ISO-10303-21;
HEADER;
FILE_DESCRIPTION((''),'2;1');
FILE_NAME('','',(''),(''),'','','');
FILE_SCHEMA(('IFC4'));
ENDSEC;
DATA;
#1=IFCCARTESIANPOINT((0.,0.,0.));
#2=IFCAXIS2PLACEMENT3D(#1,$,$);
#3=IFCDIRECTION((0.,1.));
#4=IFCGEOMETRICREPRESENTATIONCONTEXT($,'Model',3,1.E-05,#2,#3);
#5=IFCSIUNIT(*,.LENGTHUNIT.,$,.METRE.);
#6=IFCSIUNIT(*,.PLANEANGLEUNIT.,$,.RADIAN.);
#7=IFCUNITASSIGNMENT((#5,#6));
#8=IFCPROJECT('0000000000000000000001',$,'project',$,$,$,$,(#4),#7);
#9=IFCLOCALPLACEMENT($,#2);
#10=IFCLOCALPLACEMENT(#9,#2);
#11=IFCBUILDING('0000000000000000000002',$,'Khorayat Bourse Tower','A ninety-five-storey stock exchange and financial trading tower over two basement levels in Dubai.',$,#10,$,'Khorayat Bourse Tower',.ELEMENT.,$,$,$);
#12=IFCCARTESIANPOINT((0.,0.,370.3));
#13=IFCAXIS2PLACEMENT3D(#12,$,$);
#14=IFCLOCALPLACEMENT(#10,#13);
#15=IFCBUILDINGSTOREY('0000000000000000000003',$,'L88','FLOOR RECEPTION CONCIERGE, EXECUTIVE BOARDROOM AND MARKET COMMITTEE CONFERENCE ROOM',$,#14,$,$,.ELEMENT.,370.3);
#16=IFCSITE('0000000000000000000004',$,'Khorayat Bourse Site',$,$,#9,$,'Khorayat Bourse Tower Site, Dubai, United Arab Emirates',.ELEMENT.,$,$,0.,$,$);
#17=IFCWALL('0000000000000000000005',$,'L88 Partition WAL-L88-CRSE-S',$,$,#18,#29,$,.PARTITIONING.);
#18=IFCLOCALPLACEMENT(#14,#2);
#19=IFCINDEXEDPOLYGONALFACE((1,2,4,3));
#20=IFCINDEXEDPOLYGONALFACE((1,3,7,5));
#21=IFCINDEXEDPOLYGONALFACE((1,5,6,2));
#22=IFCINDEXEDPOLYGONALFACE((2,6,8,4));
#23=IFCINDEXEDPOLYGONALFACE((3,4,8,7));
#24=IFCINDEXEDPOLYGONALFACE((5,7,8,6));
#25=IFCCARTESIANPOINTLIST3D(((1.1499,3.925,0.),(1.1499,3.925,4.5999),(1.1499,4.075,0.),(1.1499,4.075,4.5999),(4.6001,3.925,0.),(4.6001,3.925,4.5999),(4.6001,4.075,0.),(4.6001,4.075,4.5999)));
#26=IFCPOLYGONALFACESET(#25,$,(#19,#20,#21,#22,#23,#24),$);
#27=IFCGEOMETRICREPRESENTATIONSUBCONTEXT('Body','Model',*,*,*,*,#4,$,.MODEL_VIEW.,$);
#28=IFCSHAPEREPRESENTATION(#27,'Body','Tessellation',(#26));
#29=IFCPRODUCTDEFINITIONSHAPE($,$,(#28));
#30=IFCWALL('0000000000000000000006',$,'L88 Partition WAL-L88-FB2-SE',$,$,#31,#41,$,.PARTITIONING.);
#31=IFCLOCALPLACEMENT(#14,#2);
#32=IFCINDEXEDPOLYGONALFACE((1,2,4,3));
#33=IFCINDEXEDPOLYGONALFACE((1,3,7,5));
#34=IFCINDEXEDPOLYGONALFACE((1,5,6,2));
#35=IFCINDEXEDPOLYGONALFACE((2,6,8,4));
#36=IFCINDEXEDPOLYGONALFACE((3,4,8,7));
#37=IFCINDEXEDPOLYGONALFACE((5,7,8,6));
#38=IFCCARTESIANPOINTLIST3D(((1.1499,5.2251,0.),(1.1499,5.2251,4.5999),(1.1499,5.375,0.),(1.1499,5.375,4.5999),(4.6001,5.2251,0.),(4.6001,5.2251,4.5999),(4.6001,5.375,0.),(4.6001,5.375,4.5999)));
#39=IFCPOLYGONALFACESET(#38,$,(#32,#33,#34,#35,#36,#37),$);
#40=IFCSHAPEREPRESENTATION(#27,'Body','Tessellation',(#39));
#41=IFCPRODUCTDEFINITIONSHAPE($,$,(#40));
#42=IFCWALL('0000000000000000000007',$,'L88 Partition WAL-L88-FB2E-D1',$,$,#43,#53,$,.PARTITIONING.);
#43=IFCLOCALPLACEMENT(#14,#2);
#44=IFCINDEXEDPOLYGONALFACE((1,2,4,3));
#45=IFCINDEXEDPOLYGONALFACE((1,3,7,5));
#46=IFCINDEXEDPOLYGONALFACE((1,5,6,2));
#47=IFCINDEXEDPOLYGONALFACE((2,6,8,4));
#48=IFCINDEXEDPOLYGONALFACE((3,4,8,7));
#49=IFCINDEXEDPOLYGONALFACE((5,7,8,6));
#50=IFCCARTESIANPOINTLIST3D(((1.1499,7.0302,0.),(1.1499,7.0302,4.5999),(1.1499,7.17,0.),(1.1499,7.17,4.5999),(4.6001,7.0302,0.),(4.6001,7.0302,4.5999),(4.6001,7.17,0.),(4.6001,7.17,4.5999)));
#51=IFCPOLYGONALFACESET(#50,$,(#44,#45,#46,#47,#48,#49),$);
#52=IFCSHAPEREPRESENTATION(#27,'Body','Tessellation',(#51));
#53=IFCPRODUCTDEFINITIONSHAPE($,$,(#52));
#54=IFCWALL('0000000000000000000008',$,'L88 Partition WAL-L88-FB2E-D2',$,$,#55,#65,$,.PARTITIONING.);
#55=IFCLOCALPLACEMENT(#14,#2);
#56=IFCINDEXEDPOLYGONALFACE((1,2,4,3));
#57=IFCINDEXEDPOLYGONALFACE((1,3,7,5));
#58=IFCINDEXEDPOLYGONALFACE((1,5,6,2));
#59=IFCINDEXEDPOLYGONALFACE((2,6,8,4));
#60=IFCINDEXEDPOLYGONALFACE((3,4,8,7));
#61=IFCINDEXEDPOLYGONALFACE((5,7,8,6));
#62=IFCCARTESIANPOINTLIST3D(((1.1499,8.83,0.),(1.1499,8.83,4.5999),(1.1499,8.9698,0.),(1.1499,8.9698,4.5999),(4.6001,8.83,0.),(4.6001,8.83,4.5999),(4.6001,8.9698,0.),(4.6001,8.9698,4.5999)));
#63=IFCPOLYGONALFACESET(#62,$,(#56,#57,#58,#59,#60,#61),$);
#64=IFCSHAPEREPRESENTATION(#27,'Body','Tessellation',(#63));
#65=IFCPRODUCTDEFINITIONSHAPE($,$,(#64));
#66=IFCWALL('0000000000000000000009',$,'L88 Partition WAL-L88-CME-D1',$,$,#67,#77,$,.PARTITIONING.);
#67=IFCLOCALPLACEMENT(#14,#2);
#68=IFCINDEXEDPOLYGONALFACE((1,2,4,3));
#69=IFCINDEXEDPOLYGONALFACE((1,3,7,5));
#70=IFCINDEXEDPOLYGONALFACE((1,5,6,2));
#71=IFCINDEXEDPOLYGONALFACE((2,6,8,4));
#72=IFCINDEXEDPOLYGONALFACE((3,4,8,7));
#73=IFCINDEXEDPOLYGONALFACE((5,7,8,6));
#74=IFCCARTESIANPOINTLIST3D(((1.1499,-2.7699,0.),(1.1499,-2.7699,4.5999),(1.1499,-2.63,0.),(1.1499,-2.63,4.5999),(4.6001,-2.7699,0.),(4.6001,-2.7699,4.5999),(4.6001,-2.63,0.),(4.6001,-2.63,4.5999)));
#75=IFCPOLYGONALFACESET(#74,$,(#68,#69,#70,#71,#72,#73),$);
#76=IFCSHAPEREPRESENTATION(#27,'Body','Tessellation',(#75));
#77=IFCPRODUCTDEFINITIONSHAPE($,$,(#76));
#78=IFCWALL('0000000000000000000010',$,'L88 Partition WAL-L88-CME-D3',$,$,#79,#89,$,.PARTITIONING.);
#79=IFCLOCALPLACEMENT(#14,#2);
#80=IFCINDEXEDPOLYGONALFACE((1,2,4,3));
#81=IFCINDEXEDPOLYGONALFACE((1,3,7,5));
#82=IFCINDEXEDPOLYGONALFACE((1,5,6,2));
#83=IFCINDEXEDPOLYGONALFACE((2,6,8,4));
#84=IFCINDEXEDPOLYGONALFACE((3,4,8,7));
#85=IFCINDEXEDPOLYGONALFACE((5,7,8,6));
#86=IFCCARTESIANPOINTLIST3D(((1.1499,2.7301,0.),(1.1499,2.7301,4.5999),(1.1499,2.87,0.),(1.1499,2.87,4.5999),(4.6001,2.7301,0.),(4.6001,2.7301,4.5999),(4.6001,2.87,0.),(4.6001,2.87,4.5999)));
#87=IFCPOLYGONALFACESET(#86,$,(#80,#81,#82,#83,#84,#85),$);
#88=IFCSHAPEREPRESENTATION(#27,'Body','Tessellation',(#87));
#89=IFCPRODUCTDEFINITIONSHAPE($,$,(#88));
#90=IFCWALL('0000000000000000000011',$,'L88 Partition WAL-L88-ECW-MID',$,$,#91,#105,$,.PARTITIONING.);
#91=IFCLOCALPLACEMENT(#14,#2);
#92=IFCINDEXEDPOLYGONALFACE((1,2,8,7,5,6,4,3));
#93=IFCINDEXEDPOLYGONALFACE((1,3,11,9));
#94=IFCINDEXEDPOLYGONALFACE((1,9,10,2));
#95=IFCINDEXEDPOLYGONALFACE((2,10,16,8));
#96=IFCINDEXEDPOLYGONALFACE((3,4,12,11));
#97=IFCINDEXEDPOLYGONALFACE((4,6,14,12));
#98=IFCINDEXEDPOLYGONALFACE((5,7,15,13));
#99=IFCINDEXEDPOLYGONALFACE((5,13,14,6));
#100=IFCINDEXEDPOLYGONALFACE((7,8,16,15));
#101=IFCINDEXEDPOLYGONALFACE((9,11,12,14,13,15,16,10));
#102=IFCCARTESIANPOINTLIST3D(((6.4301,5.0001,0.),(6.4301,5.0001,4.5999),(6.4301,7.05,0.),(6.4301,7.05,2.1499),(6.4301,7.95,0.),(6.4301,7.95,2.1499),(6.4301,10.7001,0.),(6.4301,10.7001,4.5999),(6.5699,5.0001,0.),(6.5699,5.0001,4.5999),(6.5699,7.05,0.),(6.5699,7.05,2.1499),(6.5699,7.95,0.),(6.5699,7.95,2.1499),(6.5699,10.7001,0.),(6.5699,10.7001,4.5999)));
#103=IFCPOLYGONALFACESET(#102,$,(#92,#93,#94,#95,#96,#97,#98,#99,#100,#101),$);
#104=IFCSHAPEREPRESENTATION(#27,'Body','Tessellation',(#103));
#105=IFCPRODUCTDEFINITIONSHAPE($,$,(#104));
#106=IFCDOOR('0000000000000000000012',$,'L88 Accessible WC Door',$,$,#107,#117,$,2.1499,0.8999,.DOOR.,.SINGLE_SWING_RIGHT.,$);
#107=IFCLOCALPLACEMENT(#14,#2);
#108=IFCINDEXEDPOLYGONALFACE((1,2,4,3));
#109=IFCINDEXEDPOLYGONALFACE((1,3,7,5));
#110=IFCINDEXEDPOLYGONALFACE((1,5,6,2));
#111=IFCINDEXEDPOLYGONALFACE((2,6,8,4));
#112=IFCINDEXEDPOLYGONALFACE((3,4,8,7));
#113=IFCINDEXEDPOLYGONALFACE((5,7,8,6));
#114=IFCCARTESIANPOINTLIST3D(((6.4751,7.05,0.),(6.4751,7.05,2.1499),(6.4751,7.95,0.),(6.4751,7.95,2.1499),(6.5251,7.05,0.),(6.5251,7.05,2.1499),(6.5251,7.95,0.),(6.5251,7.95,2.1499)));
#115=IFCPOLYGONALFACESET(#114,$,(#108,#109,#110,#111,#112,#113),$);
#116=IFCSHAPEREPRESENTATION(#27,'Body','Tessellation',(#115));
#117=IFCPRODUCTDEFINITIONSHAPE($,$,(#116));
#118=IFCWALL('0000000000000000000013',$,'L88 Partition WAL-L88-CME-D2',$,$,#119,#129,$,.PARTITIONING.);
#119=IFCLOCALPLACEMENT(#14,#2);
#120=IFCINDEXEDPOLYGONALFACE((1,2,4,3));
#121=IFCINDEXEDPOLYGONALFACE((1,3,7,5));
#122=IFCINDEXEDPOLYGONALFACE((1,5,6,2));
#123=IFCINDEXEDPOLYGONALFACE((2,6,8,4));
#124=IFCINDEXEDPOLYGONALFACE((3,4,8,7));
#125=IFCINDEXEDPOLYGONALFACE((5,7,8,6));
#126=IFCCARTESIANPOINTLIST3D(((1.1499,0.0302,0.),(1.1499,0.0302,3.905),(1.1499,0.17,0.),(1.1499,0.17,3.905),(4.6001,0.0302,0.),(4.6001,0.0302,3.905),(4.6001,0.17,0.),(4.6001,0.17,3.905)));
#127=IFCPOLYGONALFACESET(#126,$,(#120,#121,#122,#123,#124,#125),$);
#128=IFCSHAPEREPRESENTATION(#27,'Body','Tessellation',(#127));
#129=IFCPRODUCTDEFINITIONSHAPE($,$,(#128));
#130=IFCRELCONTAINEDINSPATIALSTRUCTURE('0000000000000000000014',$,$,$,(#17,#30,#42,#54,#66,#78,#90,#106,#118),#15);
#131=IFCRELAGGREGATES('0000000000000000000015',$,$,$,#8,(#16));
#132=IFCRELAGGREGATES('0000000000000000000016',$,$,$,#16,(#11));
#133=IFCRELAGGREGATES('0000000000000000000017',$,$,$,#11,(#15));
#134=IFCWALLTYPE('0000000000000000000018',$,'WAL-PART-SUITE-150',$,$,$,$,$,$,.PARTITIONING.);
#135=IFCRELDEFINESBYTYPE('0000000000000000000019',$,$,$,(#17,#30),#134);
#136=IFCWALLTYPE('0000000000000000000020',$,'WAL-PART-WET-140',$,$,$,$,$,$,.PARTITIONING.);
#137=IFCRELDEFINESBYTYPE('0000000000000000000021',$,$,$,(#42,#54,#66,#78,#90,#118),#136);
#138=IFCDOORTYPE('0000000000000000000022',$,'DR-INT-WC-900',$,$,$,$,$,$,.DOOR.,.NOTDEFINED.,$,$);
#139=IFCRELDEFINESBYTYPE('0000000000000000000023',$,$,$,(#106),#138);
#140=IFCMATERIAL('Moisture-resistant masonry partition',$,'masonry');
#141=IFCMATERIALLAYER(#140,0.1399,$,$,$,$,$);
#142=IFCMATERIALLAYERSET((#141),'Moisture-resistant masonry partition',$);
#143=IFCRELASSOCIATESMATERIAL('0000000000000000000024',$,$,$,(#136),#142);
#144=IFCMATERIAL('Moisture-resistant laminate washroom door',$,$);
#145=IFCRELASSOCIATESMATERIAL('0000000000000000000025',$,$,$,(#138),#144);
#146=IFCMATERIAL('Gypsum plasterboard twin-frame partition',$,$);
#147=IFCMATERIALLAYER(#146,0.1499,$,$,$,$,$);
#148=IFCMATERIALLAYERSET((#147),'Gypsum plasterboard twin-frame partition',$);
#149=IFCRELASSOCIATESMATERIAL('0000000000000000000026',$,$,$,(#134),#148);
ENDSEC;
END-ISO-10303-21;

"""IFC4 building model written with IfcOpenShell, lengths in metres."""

from ifc_helpers import new_model, si_unit, direction, frame, frame_2d, origin, place, context, subcontext, project, spatial, rectangle, extrude, source, transform, mapped, material, layer, layer_set, type_object, element, fill, save


model = new_model("IFC4")

# Units and contexts
model_context = context("Model", 3, precision=1e-05, world=origin(), true_north=direction((0.0, 1.0)))
body_context = subcontext(model_context, "Body", "Model", "MODEL_VIEW")
ifc_project = project(units=[si_unit("LENGTHUNIT", "METRE"), si_unit("PLANEANGLEUNIT", "RADIAN")], contexts=[model_context])

# Site, building, storey
site_placement = place(None, origin())
site = spatial("IfcSite", under=ifc_project, at=site_placement, Name="Khorayat Bourse Site", LongName="Khorayat Bourse Tower Site, Dubai, United Arab Emirates", CompositionType="ELEMENT", RefElevation=0.0)
building_placement = place(site_placement, origin())
building = spatial("IfcBuilding", under=site, at=building_placement, Name="Khorayat Bourse Tower", Description="A ninety-five-storey stock exchange and financial trading tower over two basement levels in Dubai.", LongName="Khorayat Bourse Tower", CompositionType="ELEMENT")
storey_placement = place(building_placement, frame((0.0, 0.0, 370.3)))
storey = spatial("IfcBuildingStorey", under=building, at=storey_placement, Name="L88", Description="FLOOR RECEPTION CONCIERGE, EXECUTIVE BOARDROOM AND MARKET COMMITTEE CONFERENCE ROOM", CompositionType="ELEMENT", Elevation=370.3)

# Shared definitions
ifc_material_1 = material(Name="Moisture-resistant masonry partition", Category="masonry")
ifc_layer_1 = layer(ifc_material_1, 0.1399)
ifc_layer_set_1 = layer_set([ifc_layer_1], Name="Moisture-resistant masonry partition")
wall_type_1 = type_object("IfcWallType", Name="WAL-PART-WET-140", PredefinedType="PARTITIONING", material=ifc_layer_set_1)

# Shared definitions
shared_shape_1 = source(origin(), body_context, "Body", "SweptSolid", [
    extrude(rectangle(XDim=0.8999, YDim=2.1499, at=frame_2d((0.45, 1.075))), frame((0.0, 0.0798, 0.0), z_axis=(0.0, -1.0, 0.0), x_axis=(1.0, 0.0, 0.0)), (0.0, 0.0, 1.0), 0.1599),
])
ifc_material_2 = material(Name="Moisture-resistant laminate washroom door")
door_type = type_object("IfcDoorType", Name="DR-INT-WC-900", OperationType="NOTDEFINED", PredefinedType="DOOR", material=ifc_material_2)
shared_shape_2 = source(origin(), body_context, "Body", "SweptSolid", [
    extrude(rectangle(XDim=0.8999, YDim=2.1499, at=frame_2d((0.45, 1.075))), frame((0.0, 0.0249, 0.0), z_axis=(0.0, -1.0, 0.0), x_axis=(1.0, 0.0, 0.0)), (0.0, 0.0, 1.0), 0.05),
])

# Walls
ifc_material_3 = material(Name="Gypsum plasterboard twin-frame partition")
ifc_layer_2 = layer(ifc_material_3, 0.1499)
ifc_layer_set_2 = layer_set([ifc_layer_2], Name="Gypsum plasterboard twin-frame partition")
wall_type_2 = type_object("IfcWallType", Name="WAL-PART-SUITE-150", PredefinedType="PARTITIONING", material=ifc_layer_set_2)
shared_shape_3 = source(origin(), body_context, "Body", "SweptSolid", [
    extrude(rectangle(XDim=3.4502, YDim=0.1499, at=frame_2d((1.7251, 0.0))), origin(), (0.0, 0.0, 1.0), 4.5999),
])
for number, where, z_axis, x_axis, name in (
    (1, (1.1499, 4.0, 0.0), (0.0, 0.0, 1.0), (1.0, 0.0, 0.0), "L88 Partition WAL-L88-CRSE-S"),
    (2, (1.1499, 5.3, 0.0), (0.0, 0.0, 1.0), (1.0, 0.0, 0.0), "L88 Partition WAL-L88-FB2-SE"),
):
    element("IfcWall", number, at=place(storey_placement, frame(where, z_axis=z_axis, x_axis=x_axis)), inside=storey, type_object=wall_type_2, Name=name, PredefinedType="PARTITIONING", context=body_context, shape_type="MappedRepresentation", body=[
        mapped(shared_shape_3, transform((0.0, 0.0, 0.0), scale=1.0)),
    ])

# Walls
shared_shape_4 = source(origin(), body_context, "Body", "SweptSolid", [
    extrude(rectangle(XDim=3.4502, YDim=0.1399, at=frame_2d((1.7251, 0.0))), origin(), (0.0, 0.0, 1.0), 4.5999),
])
for number, where, z_axis, x_axis, name in (
    (3, (1.1499, 7.1001, 0.0), (0.0, 0.0, 1.0), (1.0, 0.0, 0.0), "L88 Partition WAL-L88-FB2E-D1"),
    (4, (1.1499, 8.8999, 0.0), (0.0, 0.0, 1.0), (1.0, 0.0, 0.0), "L88 Partition WAL-L88-FB2E-D2"),
    (5, (1.1499, -2.7, 0.0), (0.0, 0.0, 1.0), (1.0, 0.0, 0.0), "L88 Partition WAL-L88-CME-D1"),
    (6, (1.1499, 2.8, 0.0), (0.0, 0.0, 1.0), (1.0, 0.0, 0.0), "L88 Partition WAL-L88-CME-D3"),
):
    element("IfcWall", number, at=place(storey_placement, frame(where, z_axis=z_axis, x_axis=x_axis)), inside=storey, type_object=wall_type_1, Name=name, PredefinedType="PARTITIONING", context=body_context, shape_type="MappedRepresentation", body=[
        mapped(shared_shape_4, transform((0.0, 0.0, 0.0), scale=1.0)),
    ])

# Wall, opening, door
shared_shape_5 = source(origin(), body_context, "Body", "SweptSolid", [
    extrude(rectangle(XDim=5.7, YDim=0.1399, at=frame_2d((2.8501, 0.0))), origin(), (0.0, 0.0, 1.0), 4.5999),
])
wall_1_placement = place(storey_placement, frame((6.5, 5.0, 0.0), z_axis=(0.0, 0.0, 1.0), x_axis=(0.0, 1.0, 0.0)))
wall_1 = element("IfcWall", 7, at=wall_1_placement, inside=storey, type_object=wall_type_1, Name="L88 Partition WAL-L88-ECW-MID", PredefinedType="PARTITIONING", context=body_context, shape_type="MappedRepresentation", body=[
    mapped(shared_shape_5, transform((0.0, 0.0, 0.0), scale=1.0)),
])
opening_1_placement = place(wall_1_placement, frame((2.05, 0.0, 0.0)))
opening_1 = element("IfcOpeningElement", 8, at=opening_1_placement, cuts=wall_1, PredefinedType="OPENING", context=body_context, shape_type="MappedRepresentation", body=[
    mapped(shared_shape_1, transform((0.0, 0.0, 0.0), scale=1.0)),
])
door_1_placement = place(opening_1_placement, origin())
door_1 = element("IfcDoor", 9, at=door_1_placement, inside=storey, type_object=door_type, Name="L88 Accessible WC Door", OperationType="SINGLE_SWING_RIGHT", OverallHeight=2.1499, OverallWidth=0.8999, PredefinedType="DOOR", context=body_context, shape_type="MappedRepresentation", body=[
    mapped(shared_shape_2, transform((0.0, 0.0, 0.0), scale=1.0)),
])
fill(opening_1, door_1)

# Wall
shared_shape_6 = source(origin(), body_context, "Body", "SweptSolid", [
    extrude(rectangle(XDim=3.4502, YDim=0.1399, at=frame_2d((1.7251, 0.0))), origin(), (0.0, 0.0, 1.0), 3.905),
])
wall_2_placement = place(storey_placement, frame((1.1499, 0.1001, 0.0), z_axis=(0.0, 0.0, 1.0), x_axis=(1.0, 0.0, 0.0)))
element("IfcWall", 10, at=wall_2_placement, inside=storey, type_object=wall_type_1, Name="L88 Partition WAL-L88-CME-D2", PredefinedType="PARTITIONING", context=body_context, shape_type="MappedRepresentation", body=[
    mapped(shared_shape_6, transform((0.0, 0.0, 0.0), scale=1.0)),
])

save(model, "model.ifc")
